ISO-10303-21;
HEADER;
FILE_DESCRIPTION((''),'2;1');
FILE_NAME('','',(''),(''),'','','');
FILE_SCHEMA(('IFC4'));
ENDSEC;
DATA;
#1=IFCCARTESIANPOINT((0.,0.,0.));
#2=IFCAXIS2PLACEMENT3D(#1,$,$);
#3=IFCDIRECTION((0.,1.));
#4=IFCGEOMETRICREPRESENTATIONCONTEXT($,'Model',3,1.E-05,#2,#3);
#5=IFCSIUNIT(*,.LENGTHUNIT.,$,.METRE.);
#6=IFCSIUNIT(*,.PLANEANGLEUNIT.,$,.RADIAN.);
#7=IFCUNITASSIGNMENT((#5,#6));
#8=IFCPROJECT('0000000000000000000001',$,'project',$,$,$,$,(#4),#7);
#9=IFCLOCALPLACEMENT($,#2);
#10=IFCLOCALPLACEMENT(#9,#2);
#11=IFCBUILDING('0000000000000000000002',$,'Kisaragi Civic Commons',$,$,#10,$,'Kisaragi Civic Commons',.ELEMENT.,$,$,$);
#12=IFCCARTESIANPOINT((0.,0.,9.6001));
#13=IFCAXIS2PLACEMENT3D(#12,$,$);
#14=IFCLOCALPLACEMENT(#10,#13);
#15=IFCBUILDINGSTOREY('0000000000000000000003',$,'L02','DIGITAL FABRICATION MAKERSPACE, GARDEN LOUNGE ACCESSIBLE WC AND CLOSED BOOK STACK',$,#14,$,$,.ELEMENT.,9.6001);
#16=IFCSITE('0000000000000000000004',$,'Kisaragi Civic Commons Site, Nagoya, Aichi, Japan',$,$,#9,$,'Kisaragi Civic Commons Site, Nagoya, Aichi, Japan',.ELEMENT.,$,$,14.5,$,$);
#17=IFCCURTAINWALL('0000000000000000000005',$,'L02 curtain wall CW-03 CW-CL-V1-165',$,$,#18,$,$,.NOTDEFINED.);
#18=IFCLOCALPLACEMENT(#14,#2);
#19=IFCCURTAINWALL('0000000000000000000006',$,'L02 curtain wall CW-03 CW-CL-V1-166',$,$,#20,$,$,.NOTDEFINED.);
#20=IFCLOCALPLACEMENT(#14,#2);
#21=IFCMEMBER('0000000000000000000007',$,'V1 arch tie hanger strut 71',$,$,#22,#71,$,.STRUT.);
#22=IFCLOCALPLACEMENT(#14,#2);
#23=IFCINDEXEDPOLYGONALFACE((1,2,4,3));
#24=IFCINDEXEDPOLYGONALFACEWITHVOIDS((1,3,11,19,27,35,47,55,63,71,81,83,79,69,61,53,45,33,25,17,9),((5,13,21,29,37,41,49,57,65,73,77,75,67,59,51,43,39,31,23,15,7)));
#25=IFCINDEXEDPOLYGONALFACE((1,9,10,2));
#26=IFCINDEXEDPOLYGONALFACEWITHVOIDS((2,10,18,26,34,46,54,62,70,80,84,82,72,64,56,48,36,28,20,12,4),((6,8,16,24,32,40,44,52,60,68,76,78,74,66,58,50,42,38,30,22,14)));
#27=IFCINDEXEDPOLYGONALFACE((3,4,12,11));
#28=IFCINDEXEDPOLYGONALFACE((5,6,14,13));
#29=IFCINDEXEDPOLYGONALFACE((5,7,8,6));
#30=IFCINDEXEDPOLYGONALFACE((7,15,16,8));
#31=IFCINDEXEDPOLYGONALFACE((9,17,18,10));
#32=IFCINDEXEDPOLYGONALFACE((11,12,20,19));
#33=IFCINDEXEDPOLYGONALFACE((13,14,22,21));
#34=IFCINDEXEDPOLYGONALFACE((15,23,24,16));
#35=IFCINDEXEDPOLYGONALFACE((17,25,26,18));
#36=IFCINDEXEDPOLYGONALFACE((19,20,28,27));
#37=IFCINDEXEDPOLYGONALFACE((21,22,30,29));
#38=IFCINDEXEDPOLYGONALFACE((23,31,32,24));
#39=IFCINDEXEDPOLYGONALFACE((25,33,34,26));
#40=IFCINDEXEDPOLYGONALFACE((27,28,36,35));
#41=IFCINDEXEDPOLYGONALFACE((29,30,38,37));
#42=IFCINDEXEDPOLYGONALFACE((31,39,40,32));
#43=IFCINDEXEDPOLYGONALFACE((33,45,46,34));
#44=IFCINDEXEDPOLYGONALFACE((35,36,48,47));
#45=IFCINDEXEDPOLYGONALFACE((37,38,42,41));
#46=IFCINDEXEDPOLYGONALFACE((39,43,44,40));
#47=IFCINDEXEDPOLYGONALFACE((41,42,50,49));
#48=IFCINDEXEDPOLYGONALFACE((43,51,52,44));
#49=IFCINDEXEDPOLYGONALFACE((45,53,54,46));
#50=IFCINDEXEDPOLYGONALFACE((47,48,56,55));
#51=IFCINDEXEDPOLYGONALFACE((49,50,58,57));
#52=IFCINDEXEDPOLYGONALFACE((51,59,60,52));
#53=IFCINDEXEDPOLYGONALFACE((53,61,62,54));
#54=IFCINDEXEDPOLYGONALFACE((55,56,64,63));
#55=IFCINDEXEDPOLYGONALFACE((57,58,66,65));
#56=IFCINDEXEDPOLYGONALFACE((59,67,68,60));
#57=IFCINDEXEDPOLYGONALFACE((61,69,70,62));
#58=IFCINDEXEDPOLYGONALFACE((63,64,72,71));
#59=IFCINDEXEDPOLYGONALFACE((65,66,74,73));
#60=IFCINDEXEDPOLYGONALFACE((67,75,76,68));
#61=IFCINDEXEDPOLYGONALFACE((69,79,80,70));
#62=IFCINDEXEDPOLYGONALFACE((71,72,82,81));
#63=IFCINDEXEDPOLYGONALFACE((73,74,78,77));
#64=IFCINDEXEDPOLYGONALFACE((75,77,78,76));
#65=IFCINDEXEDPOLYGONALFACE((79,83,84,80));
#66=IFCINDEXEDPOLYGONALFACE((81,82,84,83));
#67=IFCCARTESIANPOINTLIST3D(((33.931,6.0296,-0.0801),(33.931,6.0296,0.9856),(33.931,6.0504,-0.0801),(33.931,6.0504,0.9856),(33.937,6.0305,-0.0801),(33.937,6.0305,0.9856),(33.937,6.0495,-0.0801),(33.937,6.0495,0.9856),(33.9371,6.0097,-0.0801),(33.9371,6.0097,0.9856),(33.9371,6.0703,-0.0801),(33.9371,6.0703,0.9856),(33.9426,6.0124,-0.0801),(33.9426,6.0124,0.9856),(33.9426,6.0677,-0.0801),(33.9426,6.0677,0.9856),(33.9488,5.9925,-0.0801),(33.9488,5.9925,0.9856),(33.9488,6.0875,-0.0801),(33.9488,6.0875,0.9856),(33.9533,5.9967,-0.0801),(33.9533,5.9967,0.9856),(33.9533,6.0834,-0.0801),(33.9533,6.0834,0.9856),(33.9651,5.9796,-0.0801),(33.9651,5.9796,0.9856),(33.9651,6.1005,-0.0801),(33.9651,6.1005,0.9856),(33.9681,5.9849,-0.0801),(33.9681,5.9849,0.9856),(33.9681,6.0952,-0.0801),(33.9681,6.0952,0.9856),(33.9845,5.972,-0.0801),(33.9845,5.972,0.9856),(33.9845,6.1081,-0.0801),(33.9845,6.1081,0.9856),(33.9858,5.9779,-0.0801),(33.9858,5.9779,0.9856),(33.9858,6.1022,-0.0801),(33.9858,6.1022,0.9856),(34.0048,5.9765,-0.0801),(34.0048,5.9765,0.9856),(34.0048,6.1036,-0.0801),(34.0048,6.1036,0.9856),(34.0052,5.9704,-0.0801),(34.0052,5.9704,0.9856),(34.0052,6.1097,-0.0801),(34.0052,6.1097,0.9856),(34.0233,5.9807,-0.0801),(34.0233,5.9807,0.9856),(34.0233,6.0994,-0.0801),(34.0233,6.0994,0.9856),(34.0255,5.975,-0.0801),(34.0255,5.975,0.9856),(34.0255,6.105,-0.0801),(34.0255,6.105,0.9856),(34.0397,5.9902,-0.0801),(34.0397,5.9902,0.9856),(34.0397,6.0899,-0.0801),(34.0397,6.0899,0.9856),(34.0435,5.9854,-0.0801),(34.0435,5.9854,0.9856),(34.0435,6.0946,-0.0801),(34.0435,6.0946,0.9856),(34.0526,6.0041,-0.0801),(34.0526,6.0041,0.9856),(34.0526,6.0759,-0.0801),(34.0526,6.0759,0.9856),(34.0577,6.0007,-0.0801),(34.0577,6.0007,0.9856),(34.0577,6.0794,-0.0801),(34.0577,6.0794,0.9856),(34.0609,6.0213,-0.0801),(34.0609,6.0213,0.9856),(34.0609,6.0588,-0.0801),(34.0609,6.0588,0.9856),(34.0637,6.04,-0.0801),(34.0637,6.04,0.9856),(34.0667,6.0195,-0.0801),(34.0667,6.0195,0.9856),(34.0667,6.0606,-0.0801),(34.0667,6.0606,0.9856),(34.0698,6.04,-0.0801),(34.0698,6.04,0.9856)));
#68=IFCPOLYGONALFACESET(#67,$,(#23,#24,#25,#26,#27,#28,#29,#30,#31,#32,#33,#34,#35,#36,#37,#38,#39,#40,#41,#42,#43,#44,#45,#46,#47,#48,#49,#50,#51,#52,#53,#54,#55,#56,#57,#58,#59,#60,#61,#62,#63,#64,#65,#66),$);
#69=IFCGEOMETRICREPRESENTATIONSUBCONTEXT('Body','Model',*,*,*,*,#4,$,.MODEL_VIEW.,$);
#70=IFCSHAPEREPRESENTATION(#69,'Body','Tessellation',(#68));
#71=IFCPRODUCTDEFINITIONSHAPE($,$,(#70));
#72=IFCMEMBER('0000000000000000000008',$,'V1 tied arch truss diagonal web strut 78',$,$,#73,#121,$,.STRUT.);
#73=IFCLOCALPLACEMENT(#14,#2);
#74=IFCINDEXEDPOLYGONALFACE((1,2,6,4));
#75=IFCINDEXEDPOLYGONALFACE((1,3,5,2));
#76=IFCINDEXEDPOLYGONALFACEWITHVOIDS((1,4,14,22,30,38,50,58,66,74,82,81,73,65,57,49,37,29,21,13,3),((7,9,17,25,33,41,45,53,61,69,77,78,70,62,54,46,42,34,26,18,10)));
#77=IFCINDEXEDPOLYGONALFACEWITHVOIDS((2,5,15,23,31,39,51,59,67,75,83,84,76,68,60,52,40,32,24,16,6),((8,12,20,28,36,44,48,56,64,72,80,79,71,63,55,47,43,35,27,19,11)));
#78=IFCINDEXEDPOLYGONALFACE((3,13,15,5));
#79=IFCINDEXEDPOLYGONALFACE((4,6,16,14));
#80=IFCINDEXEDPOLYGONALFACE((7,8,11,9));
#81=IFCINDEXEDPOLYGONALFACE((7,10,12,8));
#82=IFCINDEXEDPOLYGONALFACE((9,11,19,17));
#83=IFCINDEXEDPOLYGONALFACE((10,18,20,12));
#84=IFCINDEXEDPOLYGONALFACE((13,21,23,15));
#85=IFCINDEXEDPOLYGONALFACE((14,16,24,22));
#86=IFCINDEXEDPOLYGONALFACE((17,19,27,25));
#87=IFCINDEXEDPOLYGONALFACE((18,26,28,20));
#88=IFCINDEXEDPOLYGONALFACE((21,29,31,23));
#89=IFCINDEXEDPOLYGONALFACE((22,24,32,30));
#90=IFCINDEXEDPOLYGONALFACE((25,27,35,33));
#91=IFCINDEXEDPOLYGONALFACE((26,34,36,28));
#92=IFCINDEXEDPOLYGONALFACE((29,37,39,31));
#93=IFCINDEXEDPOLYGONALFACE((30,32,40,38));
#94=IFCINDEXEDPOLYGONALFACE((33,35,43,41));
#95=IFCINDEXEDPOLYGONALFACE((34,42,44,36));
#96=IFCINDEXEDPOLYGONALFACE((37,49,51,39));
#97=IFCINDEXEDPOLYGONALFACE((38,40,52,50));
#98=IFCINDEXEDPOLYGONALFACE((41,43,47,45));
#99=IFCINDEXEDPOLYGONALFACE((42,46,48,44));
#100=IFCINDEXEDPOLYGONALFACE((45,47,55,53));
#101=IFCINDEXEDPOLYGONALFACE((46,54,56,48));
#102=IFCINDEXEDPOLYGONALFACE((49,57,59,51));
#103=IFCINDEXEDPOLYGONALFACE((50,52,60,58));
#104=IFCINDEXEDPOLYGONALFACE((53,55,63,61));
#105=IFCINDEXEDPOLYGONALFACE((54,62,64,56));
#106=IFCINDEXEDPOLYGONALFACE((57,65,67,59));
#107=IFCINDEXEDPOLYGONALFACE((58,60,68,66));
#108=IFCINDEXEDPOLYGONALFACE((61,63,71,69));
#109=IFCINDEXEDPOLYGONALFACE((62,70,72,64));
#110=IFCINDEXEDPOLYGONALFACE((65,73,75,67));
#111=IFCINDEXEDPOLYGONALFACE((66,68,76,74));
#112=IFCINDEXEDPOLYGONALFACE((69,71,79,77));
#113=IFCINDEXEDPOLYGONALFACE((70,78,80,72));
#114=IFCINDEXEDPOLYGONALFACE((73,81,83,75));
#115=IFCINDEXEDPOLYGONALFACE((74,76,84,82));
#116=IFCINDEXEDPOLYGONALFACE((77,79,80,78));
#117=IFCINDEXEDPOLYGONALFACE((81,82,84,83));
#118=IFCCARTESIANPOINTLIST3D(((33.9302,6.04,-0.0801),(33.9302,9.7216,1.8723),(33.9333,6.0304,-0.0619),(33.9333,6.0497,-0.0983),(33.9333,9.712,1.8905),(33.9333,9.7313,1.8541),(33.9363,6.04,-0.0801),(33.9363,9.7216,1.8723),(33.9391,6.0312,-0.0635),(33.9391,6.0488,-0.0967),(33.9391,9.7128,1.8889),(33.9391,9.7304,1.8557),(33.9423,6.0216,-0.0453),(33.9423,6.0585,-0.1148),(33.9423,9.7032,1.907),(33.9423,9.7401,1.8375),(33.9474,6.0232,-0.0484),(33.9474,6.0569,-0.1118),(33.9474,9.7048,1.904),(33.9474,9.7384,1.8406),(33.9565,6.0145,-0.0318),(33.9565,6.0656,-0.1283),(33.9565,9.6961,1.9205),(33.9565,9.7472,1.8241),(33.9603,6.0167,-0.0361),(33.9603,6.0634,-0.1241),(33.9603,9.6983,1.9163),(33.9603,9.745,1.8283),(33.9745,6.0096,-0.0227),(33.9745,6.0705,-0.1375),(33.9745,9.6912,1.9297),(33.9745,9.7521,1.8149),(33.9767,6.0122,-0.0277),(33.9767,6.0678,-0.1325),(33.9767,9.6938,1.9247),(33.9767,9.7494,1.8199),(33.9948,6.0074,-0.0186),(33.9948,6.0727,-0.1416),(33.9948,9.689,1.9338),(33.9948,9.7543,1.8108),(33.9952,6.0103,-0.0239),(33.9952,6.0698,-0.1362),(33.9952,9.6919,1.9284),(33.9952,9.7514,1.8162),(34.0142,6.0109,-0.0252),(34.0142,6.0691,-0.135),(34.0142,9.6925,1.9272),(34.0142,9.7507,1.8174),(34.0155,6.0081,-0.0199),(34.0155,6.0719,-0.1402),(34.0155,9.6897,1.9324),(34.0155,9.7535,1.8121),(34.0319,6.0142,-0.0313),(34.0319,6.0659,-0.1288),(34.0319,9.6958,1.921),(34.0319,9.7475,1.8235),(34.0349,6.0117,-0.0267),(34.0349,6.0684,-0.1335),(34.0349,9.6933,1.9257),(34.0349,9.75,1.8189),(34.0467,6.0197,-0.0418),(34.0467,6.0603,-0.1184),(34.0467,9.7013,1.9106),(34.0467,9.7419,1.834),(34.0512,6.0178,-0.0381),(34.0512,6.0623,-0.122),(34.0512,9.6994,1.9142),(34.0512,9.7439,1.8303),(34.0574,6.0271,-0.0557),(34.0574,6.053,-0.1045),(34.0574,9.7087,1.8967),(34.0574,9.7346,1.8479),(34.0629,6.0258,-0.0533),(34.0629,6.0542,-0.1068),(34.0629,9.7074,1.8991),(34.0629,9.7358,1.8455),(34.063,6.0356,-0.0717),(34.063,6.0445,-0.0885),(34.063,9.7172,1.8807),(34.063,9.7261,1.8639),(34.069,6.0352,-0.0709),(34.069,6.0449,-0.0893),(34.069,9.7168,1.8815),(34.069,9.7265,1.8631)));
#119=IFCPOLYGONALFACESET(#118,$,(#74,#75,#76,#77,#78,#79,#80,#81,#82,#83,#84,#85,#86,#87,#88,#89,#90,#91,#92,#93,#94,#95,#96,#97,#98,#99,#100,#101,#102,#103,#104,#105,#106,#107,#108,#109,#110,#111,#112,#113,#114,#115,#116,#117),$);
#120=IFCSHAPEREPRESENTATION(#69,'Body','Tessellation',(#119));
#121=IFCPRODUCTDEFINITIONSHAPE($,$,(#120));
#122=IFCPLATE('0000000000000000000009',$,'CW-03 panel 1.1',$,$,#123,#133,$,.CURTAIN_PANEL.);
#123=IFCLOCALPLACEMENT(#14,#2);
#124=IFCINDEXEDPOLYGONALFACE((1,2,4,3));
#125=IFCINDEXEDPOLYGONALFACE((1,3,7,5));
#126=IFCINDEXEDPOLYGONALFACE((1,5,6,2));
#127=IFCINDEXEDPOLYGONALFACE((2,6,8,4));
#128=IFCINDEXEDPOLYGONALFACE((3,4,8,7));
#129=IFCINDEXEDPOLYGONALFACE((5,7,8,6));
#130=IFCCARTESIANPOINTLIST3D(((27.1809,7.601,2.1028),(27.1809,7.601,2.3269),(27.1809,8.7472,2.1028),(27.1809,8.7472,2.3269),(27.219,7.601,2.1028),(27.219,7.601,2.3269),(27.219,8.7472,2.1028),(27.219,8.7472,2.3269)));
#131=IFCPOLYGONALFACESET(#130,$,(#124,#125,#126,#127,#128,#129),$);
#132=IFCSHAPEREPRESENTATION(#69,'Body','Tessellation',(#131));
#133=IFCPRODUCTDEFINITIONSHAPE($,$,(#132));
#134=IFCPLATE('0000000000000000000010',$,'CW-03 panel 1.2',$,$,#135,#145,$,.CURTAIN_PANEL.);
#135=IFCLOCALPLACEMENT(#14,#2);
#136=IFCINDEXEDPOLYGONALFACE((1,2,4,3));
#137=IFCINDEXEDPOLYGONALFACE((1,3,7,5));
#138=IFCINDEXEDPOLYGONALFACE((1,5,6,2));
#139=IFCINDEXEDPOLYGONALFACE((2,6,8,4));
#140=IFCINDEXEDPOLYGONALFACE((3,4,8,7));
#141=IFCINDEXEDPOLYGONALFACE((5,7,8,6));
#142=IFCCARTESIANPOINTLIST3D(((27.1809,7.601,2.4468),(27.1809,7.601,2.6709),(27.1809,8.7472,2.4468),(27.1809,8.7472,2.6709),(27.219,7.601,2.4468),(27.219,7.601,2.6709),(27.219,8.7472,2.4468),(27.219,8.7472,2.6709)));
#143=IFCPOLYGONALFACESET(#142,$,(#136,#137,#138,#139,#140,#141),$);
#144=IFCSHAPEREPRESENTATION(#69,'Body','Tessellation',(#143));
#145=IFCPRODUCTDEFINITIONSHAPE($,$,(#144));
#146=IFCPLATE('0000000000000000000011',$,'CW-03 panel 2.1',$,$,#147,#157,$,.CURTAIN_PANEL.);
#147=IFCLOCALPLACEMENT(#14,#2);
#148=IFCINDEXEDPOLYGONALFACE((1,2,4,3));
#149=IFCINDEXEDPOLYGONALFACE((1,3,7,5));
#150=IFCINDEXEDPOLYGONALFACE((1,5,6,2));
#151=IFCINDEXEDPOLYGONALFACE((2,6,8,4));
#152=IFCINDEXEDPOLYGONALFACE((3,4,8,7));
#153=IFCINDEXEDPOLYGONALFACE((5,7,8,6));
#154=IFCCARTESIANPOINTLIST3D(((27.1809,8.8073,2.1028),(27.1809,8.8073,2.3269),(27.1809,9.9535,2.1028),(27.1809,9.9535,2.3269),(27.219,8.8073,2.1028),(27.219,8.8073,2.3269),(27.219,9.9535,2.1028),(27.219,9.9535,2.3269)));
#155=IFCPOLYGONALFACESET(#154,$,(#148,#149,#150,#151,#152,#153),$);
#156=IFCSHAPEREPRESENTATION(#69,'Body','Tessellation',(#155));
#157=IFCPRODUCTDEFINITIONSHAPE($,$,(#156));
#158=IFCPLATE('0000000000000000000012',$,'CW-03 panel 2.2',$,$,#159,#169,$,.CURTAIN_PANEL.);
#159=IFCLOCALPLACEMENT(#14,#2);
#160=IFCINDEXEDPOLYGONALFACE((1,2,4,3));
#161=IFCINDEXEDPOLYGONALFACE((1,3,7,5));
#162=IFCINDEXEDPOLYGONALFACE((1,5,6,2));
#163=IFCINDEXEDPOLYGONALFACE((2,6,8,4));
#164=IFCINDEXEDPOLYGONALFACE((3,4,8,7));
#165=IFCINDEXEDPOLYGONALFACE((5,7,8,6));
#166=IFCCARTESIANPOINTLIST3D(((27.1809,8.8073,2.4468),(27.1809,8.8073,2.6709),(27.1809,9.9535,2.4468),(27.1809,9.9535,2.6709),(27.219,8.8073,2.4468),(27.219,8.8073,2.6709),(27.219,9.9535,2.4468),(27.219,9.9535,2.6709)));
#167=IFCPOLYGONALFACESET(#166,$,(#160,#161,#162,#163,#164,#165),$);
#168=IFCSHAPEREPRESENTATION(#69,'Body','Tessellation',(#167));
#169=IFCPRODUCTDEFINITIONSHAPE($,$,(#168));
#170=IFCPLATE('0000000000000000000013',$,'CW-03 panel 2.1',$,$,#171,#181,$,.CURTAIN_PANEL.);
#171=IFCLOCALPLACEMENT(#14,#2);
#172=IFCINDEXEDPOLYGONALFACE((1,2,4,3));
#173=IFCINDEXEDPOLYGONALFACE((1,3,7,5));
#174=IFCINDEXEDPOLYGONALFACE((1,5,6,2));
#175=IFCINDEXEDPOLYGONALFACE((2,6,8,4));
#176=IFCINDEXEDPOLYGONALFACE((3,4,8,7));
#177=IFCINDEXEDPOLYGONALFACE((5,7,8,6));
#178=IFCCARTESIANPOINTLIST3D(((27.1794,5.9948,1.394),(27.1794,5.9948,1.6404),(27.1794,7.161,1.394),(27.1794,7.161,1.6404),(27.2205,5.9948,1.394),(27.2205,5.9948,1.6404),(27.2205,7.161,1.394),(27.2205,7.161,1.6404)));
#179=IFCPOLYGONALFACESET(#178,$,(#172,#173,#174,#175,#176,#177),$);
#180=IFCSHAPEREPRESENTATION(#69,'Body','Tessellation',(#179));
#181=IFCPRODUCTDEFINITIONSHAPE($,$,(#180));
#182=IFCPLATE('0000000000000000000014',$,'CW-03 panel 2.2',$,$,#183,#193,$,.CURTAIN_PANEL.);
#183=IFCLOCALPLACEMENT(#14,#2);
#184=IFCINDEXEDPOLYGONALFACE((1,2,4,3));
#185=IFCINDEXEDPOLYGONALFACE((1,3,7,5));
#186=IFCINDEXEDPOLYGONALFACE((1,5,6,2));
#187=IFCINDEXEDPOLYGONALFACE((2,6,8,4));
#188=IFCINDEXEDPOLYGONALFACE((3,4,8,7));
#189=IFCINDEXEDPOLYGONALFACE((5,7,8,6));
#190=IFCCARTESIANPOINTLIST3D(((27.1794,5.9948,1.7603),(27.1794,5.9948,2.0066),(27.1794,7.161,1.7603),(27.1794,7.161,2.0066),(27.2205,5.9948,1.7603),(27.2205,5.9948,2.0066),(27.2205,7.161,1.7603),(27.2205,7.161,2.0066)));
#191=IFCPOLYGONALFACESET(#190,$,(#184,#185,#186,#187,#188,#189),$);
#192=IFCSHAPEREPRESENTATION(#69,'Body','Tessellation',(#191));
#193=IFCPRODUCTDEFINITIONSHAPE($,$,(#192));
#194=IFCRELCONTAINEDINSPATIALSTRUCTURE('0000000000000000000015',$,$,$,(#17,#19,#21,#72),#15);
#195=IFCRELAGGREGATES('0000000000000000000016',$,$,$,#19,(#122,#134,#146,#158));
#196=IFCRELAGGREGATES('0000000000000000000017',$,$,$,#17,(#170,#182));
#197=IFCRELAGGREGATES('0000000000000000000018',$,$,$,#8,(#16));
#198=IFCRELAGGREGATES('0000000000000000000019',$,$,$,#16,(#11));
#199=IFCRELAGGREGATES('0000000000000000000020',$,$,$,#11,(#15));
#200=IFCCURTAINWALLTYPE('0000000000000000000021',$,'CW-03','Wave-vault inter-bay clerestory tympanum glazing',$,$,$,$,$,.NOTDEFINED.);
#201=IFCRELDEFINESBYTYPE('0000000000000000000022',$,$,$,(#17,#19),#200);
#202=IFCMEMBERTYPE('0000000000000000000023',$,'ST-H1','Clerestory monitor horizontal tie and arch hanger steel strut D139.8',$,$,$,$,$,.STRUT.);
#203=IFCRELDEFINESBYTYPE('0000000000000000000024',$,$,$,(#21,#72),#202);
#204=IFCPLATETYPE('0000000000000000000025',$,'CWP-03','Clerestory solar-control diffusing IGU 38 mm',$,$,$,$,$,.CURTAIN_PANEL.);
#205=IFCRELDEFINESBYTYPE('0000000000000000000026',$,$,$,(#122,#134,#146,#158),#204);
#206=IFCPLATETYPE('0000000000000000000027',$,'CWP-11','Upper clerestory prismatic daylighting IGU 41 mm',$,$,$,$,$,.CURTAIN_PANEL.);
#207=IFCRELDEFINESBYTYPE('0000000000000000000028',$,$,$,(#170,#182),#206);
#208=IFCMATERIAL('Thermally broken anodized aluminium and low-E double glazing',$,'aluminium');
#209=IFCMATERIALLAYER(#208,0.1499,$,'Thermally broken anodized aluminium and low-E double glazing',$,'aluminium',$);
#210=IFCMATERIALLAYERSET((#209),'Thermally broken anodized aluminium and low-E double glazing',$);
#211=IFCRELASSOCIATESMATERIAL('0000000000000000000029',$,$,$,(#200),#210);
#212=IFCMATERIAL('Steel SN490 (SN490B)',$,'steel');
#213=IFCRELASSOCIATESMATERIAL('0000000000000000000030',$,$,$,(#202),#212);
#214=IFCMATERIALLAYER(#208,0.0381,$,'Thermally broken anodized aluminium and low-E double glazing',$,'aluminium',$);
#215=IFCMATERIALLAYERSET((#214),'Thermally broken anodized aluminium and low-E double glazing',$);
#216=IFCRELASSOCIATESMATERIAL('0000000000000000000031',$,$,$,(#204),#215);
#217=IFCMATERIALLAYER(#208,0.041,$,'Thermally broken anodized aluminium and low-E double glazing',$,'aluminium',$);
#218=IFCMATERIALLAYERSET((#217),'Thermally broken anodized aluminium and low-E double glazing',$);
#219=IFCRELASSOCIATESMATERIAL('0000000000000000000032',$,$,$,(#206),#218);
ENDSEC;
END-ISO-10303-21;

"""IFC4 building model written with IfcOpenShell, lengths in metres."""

from ifc_helpers import new_model, si_unit, direction, frame, origin, origin_2d, place, context, subcontext, project, spatial, rectangle, hollow_circle, extrude, material, layer, layer_set, material_profile, profile_set, type_object, element, aggregate, save


model = new_model("IFC4")

# Units and contexts
model_context = context("Model", 3, precision=1e-05, world=origin(), true_north=direction((0.0, 1.0)))
body_context = subcontext(model_context, "Body", "Model", "MODEL_VIEW")
ifc_project = project(units=[si_unit("LENGTHUNIT", "METRE"), si_unit("PLANEANGLEUNIT", "RADIAN")], contexts=[model_context])

# Site, building, storey
site_placement = place(None, origin())
site = spatial("IfcSite", under=ifc_project, at=site_placement, Name="Kisaragi Civic Commons Site, Nagoya, Aichi, Japan", LongName="Kisaragi Civic Commons Site, Nagoya, Aichi, Japan", CompositionType="ELEMENT", RefElevation=14.5)
building_placement = place(site_placement, origin())
building = spatial("IfcBuilding", under=site, at=building_placement, Name="Kisaragi Civic Commons", LongName="Kisaragi Civic Commons", CompositionType="ELEMENT")
storey_placement = place(building_placement, frame((0.0, 0.0, 9.6001)))
storey = spatial("IfcBuildingStorey", under=building, at=storey_placement, Name="L02", Description="DIGITAL FABRICATION MAKERSPACE, GARDEN LOUNGE ACCESSIBLE WC AND CLOSED BOOK STACK", CompositionType="ELEMENT", Elevation=9.6001)

# Curtain wall
ifc_material_1 = material(Name="Thermally broken anodized aluminium and low-E double glazing", Category="aluminium")
ifc_layer_1 = layer(ifc_material_1, 0.1499, Name="Thermally broken anodized aluminium and low-E double glazing", Category="aluminium")
ifc_layer_set_1 = layer_set([ifc_layer_1], Name="Thermally broken anodized aluminium and low-E double glazing")
curtain_wall_type = type_object("IfcCurtainWallType", Name="CW-03", Description="Wave-vault inter-bay clerestory tympanum glazing", PredefinedType="NOTDEFINED", material=ifc_layer_set_1)
curtain_wall_1_placement = place(storey_placement, origin())
curtain_wall_1 = element("IfcCurtainWall", 1, at=curtain_wall_1_placement, inside=storey, type_object=curtain_wall_type, Name="L02 curtain wall CW-03 CW-CL-V1-165", PredefinedType="NOTDEFINED")

# Curtain wall
curtain_wall_2_placement = place(storey_placement, origin())
curtain_wall_2 = element("IfcCurtainWall", 2, at=curtain_wall_2_placement, inside=storey, type_object=curtain_wall_type, Name="L02 curtain wall CW-03 CW-CL-V1-166", PredefinedType="NOTDEFINED")

# Members
ifc_material_2 = material(Name="Steel SN490 (SN490B)", Category="steel")
ifc_material_profile_1 = material_profile(ifc_material_2, hollow_circle(Radius=0.0698, WallThickness=0.0061, at=origin_2d()), Name="CHS-139.8x6.0", Category="steel")
ifc_profile_set_1 = profile_set([ifc_material_profile_1], Name="Steel SN490 (SN490B)")
member_type_1 = type_object("IfcMemberType", Name="ST-H1", Description="Clerestory monitor horizontal tie and arch hanger steel strut D139.8", PredefinedType="STRUT", material=ifc_profile_set_1)
member_1_placement = place(storey_placement, frame((34.0, 6.04, -0.0801), z_axis=(0.0, 0.0, 1.0), x_axis=(1.0, 0.0, 0.0)))
element("IfcMember", 3, at=member_1_placement, inside=storey, type_object=member_type_1, Name="V1 arch tie hanger strut 71", PredefinedType="STRUT", context=body_context, shape_type="SweptSolid", body=[
    extrude(hollow_circle(Radius=0.0698, WallThickness=0.0061, at=origin_2d()), origin(), (0.0, 0.0, 1.0), 1.0657),
])
member_2_placement = place(storey_placement, frame((34.0, 6.04, -0.0801), z_axis=(0.0, 0.883461, 0.468504), x_axis=(-1.0, 0.0, 0.0)))
element("IfcMember", 4, at=member_2_placement, inside=storey, type_object=member_type_1, Name="V1 tied arch truss diagonal web strut 78", PredefinedType="STRUT", context=body_context, shape_type="SweptSolid", body=[
    extrude(hollow_circle(Radius=0.0698, WallThickness=0.0061, at=origin_2d()), origin(), (0.0, 0.0, 1.0), 4.1672),
])

# Plates
ifc_layer_2 = layer(ifc_material_1, 0.0381, Name="Thermally broken anodized aluminium and low-E double glazing", Category="aluminium")
ifc_layer_set_2 = layer_set([ifc_layer_2], Name="Thermally broken anodized aluminium and low-E double glazing")
plate_type_1 = type_object("IfcPlateType", Name="CWP-03", Description="Clerestory solar-control diffusing IGU 38 mm", PredefinedType="CURTAIN_PANEL", material=ifc_layer_set_2)
plate_1_placement = place(storey_placement, frame((27.2, 8.1741, 2.1028), z_axis=(0.0, 0.0, 1.0), x_axis=(0.0, 1.0, 0.0)))
plate_1 = element("IfcPlate", 5, at=plate_1_placement, type_object=plate_type_1, Name="CW-03 panel 1.1", PredefinedType="CURTAIN_PANEL", context=body_context, shape_type="SweptSolid", body=[
    extrude(rectangle(XDim=1.1462, YDim=0.0381, at=origin_2d()), origin(), (0.0, 0.0, 1.0), 0.2241),
])
plate_2_placement = place(storey_placement, frame((27.2, 8.1741, 2.4468), z_axis=(0.0, 0.0, 1.0), x_axis=(0.0, 1.0, 0.0)))
plate_2 = element("IfcPlate", 6, at=plate_2_placement, type_object=plate_type_1, Name="CW-03 panel 1.2", PredefinedType="CURTAIN_PANEL", context=body_context, shape_type="SweptSolid", body=[
    extrude(rectangle(XDim=1.1462, YDim=0.0381, at=origin_2d()), origin(), (0.0, 0.0, 1.0), 0.2241),
])
plate_3_placement = place(storey_placement, frame((27.2, 9.3804, 2.1028), z_axis=(0.0, 0.0, 1.0), x_axis=(0.0, 1.0, 0.0)))
plate_3 = element("IfcPlate", 7, at=plate_3_placement, type_object=plate_type_1, Name="CW-03 panel 2.1", PredefinedType="CURTAIN_PANEL", context=body_context, shape_type="SweptSolid", body=[
    extrude(rectangle(XDim=1.1462, YDim=0.0381, at=origin_2d()), origin(), (0.0, 0.0, 1.0), 0.2241),
])
plate_4_placement = place(storey_placement, frame((27.2, 9.3804, 2.4468), z_axis=(0.0, 0.0, 1.0), x_axis=(0.0, 1.0, 0.0)))
plate_4 = element("IfcPlate", 8, at=plate_4_placement, type_object=plate_type_1, Name="CW-03 panel 2.2", PredefinedType="CURTAIN_PANEL", context=body_context, shape_type="SweptSolid", body=[
    extrude(rectangle(XDim=1.1462, YDim=0.0381, at=origin_2d()), origin(), (0.0, 0.0, 1.0), 0.2241),
])
aggregate(curtain_wall_2, [plate_1, plate_2, plate_3, plate_4])
ifc_layer_3 = layer(ifc_material_1, 0.041, Name="Thermally broken anodized aluminium and low-E double glazing", Category="aluminium")
ifc_layer_set_3 = layer_set([ifc_layer_3], Name="Thermally broken anodized aluminium and low-E double glazing")
plate_type_2 = type_object("IfcPlateType", Name="CWP-11", Description="Upper clerestory prismatic daylighting IGU 41 mm", PredefinedType="CURTAIN_PANEL", material=ifc_layer_set_3)
plate_5_placement = place(storey_placement, frame((27.2, 6.5779, 1.394), z_axis=(0.0, 0.0, 1.0), x_axis=(0.0, 1.0, 0.0)))
plate_5 = element("IfcPlate", 9, at=plate_5_placement, type_object=plate_type_2, Name="CW-03 panel 2.1", PredefinedType="CURTAIN_PANEL", context=body_context, shape_type="SweptSolid", body=[
    extrude(rectangle(XDim=1.1663, YDim=0.041, at=origin_2d()), origin(), (0.0, 0.0, 1.0), 0.2463),
])
plate_6_placement = place(storey_placement, frame((27.2, 6.5779, 1.7603), z_axis=(0.0, 0.0, 1.0), x_axis=(0.0, 1.0, 0.0)))
plate_6 = element("IfcPlate", 10, at=plate_6_placement, type_object=plate_type_2, Name="CW-03 panel 2.2", PredefinedType="CURTAIN_PANEL", context=body_context, shape_type="SweptSolid", body=[
    extrude(rectangle(XDim=1.1663, YDim=0.041, at=origin_2d()), origin(), (0.0, 0.0, 1.0), 0.2463),
])
aggregate(curtain_wall_1, [plate_5, plate_6])

save(model, "model.ifc")
